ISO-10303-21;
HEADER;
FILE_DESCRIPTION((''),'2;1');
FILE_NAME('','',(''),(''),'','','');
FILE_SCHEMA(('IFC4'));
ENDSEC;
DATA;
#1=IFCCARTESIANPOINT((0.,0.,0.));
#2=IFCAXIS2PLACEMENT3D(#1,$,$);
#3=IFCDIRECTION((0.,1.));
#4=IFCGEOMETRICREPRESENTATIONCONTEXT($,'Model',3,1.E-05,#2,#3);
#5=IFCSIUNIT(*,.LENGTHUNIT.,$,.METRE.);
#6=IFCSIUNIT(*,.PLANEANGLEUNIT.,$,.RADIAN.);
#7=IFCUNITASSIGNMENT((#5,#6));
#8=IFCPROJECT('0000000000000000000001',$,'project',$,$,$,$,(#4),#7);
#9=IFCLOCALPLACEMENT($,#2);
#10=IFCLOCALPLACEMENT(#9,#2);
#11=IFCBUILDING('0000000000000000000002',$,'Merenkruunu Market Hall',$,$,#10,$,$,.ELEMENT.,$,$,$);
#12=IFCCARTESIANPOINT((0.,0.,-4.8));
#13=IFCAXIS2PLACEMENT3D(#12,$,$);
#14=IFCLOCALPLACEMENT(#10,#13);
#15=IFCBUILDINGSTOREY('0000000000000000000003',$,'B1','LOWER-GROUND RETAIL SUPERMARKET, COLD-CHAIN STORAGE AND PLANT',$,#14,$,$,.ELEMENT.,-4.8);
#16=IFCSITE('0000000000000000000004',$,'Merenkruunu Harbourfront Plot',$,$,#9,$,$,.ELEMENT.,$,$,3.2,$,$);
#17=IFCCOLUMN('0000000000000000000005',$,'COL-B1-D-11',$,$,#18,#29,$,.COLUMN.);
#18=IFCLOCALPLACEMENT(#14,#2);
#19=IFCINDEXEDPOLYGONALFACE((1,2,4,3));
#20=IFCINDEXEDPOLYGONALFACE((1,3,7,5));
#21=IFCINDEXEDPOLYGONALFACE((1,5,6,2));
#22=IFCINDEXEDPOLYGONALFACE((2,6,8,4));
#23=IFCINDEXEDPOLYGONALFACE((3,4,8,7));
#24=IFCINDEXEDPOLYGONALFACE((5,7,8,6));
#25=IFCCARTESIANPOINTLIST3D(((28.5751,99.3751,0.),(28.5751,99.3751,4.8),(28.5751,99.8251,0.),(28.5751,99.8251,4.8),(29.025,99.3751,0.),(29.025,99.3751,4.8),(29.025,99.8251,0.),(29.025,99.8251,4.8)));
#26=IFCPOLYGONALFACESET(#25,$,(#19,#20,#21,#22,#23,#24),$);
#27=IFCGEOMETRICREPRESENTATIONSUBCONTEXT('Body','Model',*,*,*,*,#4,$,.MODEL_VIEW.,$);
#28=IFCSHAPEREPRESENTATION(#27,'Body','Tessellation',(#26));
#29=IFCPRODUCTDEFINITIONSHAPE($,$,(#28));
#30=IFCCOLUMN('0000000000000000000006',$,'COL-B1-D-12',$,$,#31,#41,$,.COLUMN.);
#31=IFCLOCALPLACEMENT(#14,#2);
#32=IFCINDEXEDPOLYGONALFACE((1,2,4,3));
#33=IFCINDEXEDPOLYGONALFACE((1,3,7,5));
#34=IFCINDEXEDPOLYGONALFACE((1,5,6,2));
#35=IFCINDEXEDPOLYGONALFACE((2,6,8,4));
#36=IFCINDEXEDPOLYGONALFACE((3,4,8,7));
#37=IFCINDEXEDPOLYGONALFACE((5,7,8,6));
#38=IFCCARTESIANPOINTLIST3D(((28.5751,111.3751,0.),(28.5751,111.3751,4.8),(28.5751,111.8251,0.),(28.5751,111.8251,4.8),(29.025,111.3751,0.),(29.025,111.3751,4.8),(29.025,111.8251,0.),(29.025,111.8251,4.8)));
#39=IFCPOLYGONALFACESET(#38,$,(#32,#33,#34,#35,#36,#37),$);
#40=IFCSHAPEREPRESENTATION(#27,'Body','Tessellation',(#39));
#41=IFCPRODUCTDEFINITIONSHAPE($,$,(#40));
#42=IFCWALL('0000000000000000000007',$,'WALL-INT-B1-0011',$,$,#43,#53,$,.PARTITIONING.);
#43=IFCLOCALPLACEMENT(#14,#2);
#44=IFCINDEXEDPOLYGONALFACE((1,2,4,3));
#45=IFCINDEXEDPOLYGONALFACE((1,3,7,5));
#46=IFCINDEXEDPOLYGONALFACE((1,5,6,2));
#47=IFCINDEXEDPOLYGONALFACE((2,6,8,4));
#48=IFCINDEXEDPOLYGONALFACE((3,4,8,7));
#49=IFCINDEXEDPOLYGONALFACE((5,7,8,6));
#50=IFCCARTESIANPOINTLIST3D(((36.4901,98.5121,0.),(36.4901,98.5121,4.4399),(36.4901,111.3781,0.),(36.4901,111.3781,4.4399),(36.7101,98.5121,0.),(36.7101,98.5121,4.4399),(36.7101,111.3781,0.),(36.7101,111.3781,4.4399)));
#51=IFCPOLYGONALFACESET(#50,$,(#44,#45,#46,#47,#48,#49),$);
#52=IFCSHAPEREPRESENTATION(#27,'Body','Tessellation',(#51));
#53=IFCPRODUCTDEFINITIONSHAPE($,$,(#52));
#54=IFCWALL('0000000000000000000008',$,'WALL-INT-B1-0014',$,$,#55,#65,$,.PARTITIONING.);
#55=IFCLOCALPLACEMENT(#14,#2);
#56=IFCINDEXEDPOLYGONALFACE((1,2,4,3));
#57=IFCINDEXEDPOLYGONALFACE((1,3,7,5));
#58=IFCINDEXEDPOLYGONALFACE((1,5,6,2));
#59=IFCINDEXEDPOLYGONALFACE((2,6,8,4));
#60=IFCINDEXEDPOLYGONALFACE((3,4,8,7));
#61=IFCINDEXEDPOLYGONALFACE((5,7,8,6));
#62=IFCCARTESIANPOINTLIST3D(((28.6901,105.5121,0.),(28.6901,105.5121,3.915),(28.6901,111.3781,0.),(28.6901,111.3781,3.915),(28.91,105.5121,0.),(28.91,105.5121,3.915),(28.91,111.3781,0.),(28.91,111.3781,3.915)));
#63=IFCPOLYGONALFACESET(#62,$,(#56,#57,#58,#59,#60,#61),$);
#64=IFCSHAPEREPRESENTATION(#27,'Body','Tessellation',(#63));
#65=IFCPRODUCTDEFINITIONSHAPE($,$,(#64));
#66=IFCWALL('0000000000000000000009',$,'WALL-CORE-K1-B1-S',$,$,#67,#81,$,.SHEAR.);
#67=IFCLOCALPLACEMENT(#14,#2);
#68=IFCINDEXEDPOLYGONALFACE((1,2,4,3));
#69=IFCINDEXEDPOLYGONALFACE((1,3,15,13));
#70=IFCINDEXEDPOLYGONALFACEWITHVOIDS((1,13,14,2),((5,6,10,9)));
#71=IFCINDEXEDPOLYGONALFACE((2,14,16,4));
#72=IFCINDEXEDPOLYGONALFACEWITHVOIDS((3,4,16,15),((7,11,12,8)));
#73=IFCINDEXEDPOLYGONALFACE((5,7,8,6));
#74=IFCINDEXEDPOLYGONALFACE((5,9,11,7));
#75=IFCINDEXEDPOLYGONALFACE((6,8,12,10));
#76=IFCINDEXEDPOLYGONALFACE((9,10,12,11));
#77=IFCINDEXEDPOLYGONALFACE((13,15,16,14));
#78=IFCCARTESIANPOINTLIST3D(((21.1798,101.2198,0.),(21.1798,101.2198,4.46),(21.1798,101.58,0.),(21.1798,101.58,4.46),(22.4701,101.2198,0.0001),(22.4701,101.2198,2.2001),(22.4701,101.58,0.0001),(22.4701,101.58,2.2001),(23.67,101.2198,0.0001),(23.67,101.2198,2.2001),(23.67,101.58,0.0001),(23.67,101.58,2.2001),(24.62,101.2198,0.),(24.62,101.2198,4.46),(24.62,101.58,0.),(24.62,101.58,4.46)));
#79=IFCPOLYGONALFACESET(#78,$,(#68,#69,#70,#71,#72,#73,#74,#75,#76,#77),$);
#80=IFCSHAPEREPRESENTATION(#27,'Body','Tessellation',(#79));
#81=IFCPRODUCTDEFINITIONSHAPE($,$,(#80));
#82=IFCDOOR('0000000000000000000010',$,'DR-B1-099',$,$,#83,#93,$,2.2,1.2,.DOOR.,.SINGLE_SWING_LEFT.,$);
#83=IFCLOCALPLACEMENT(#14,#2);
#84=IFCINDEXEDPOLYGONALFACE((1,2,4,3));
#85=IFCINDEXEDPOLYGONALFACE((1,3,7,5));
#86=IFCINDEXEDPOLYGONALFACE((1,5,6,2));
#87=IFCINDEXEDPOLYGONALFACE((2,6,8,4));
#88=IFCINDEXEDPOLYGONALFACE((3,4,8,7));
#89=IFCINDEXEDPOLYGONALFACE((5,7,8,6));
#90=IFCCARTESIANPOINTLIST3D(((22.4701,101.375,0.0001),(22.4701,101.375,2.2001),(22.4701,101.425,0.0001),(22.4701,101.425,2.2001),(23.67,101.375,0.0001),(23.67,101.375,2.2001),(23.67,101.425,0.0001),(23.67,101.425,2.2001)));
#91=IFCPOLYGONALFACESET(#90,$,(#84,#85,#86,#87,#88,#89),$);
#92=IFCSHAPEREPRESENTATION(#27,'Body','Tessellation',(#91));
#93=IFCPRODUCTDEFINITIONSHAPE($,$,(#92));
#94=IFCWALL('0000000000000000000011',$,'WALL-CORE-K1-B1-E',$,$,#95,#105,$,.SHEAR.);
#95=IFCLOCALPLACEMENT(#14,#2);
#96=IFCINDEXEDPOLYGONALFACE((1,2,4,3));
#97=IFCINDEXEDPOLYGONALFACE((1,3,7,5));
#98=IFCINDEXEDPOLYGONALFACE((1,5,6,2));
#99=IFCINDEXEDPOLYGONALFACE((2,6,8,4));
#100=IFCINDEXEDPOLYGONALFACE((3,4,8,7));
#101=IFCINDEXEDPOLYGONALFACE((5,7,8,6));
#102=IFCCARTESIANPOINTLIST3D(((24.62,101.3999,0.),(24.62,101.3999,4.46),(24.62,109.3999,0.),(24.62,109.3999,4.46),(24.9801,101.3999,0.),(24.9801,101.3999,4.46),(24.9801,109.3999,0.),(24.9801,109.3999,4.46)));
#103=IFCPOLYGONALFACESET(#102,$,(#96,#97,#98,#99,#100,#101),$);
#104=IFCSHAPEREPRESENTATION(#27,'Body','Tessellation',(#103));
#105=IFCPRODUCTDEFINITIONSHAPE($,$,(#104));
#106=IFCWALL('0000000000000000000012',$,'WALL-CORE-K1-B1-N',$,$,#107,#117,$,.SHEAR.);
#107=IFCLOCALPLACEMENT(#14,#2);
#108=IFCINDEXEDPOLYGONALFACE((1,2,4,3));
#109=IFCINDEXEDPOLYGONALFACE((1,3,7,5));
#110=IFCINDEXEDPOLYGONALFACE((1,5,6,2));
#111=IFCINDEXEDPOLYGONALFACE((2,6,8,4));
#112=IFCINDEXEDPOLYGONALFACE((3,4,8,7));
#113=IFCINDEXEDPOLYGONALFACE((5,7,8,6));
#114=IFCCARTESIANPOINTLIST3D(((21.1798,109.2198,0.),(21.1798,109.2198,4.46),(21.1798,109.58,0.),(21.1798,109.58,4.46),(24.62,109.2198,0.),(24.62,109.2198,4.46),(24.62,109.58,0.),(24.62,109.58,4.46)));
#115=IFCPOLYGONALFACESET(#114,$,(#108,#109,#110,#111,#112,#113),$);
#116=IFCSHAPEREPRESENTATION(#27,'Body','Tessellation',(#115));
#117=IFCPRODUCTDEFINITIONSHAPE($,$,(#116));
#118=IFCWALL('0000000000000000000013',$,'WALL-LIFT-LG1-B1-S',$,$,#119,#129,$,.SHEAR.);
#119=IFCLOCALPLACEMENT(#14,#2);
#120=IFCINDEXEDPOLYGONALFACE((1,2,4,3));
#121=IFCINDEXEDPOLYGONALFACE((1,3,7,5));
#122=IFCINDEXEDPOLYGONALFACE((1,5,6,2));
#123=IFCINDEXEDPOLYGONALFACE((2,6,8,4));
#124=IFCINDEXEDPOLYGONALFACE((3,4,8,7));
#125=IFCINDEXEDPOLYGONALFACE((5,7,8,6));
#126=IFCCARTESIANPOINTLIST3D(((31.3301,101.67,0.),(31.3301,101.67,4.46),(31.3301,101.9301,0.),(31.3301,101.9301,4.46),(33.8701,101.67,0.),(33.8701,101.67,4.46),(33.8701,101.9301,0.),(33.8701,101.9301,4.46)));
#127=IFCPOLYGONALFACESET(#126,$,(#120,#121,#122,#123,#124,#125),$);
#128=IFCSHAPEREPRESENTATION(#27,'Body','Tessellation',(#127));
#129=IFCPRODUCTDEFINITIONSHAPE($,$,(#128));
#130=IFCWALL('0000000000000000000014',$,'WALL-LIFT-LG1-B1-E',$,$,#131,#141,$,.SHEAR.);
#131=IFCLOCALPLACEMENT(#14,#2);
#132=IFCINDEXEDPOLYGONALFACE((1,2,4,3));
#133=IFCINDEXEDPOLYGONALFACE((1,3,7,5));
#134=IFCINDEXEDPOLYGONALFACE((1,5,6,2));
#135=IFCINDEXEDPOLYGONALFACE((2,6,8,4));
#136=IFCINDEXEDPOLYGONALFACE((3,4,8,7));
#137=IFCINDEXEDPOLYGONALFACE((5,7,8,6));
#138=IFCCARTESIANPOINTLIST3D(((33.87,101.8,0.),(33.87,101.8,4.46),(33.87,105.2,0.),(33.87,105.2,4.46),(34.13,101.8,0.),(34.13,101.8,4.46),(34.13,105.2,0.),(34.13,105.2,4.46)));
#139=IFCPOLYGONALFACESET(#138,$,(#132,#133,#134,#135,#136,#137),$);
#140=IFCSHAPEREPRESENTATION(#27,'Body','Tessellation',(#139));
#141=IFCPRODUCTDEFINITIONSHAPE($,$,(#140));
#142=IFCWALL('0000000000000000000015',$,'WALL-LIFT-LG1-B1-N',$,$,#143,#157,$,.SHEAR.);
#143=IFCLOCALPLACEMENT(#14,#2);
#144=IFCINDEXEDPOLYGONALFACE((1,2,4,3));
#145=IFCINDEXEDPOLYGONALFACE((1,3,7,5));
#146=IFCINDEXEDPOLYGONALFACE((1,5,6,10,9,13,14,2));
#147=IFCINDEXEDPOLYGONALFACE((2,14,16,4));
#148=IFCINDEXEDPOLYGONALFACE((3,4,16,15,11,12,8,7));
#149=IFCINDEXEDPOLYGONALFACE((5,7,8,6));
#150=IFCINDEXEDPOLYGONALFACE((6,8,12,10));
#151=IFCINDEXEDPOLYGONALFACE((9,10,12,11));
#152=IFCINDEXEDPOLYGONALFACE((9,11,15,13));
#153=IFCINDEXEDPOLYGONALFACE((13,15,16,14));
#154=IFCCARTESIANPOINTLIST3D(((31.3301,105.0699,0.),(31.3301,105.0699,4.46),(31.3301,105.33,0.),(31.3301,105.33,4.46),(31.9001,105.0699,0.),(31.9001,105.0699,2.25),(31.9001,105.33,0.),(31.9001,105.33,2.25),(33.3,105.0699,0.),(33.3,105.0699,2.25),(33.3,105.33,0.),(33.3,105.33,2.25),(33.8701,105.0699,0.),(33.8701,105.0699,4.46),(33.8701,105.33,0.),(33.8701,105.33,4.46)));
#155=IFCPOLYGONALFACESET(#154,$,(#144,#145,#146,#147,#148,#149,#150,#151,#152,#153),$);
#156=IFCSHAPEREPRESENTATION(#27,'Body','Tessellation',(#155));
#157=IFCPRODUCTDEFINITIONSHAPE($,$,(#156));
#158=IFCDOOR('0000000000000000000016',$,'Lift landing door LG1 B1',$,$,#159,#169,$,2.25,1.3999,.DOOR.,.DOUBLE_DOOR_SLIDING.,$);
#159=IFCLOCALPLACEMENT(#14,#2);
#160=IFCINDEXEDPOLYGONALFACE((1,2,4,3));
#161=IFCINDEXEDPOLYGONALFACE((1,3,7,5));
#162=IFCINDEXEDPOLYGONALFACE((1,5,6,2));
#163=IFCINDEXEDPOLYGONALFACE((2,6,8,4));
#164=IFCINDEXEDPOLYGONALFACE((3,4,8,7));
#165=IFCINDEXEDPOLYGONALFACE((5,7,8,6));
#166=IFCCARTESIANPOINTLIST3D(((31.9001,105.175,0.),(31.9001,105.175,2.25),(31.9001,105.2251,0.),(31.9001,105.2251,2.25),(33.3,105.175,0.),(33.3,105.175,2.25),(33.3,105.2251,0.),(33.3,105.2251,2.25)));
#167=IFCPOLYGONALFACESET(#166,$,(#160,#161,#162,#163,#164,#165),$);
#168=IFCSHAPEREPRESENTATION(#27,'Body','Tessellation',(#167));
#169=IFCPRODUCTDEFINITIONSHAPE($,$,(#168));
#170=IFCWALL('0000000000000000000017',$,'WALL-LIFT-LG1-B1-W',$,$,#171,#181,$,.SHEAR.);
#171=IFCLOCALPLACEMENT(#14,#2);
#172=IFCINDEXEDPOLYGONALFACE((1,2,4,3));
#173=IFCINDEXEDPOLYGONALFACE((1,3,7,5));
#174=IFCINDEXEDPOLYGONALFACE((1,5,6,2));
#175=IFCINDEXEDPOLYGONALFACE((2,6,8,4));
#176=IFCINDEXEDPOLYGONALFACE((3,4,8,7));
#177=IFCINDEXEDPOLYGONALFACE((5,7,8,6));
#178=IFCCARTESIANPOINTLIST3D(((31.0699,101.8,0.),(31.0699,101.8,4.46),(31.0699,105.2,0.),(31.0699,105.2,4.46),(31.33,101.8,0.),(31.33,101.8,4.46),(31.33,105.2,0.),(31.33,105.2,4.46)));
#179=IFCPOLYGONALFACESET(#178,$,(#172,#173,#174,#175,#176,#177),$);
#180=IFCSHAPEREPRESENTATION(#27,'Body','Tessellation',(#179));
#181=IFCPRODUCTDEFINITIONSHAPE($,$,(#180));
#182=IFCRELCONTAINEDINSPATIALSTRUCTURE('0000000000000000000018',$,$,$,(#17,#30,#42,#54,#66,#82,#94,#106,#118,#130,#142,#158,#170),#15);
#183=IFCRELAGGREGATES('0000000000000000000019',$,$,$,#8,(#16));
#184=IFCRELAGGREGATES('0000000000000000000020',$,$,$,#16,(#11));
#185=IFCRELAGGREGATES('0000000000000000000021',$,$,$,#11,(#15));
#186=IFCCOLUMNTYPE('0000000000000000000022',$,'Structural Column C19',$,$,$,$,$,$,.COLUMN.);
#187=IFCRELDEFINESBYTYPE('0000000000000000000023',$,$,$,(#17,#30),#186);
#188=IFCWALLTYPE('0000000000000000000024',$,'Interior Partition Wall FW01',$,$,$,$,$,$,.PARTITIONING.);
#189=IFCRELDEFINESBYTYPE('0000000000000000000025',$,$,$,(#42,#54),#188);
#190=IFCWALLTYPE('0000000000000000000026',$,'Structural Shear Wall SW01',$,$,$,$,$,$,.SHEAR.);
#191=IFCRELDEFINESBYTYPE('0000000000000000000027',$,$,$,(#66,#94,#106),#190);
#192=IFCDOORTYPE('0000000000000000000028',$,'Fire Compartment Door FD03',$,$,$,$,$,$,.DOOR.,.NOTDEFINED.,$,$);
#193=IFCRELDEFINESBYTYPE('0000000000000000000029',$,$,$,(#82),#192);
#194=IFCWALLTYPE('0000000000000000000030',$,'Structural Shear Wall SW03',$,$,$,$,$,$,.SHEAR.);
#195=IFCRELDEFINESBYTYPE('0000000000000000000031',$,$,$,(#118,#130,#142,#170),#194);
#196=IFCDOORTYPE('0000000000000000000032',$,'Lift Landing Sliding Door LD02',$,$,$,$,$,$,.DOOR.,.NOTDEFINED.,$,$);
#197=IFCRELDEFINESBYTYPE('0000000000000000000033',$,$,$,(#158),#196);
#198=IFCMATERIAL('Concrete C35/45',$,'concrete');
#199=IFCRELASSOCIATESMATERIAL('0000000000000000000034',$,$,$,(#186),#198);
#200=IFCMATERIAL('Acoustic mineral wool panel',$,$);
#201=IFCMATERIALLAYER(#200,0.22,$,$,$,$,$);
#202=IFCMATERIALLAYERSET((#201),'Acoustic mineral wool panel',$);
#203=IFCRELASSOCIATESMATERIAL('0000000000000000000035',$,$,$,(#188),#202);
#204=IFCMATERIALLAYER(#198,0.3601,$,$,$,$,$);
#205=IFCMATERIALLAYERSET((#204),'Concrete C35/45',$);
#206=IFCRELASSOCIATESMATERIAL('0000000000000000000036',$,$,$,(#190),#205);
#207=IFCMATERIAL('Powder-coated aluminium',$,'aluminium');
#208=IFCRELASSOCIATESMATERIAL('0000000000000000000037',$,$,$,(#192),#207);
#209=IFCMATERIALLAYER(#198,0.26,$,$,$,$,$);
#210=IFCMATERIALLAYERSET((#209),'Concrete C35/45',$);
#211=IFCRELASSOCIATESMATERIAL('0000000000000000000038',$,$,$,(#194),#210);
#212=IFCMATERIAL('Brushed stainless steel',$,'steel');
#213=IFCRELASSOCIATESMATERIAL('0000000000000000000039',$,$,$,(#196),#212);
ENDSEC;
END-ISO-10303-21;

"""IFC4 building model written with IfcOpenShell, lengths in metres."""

from ifc_helpers import new_model, si_unit, direction, frame, frame_2d, origin, origin_2d, place, context, subcontext, project, spatial, rectangle, extrude, material, layer, layer_set, material_profile, profile_set, type_object, element, fill, save


model = new_model("IFC4")

# Units and contexts
model_context = context("Model", 3, precision=1e-05, world=origin(), true_north=direction((0.0, 1.0)))
body_context = subcontext(model_context, "Body", "Model", "MODEL_VIEW")
ifc_project = project(units=[si_unit("LENGTHUNIT", "METRE"), si_unit("PLANEANGLEUNIT", "RADIAN")], contexts=[model_context])

# Site, building, storey
site_placement = place(None, origin())
site = spatial("IfcSite", under=ifc_project, at=site_placement, Name="Merenkruunu Harbourfront Plot", CompositionType="ELEMENT", RefElevation=3.2)
building_placement = place(site_placement, origin())
building = spatial("IfcBuilding", under=site, at=building_placement, Name="Merenkruunu Market Hall", CompositionType="ELEMENT")
storey_placement = place(building_placement, frame((0.0, 0.0, -4.8)))
storey = spatial("IfcBuildingStorey", under=building, at=storey_placement, Name="B1", Description="LOWER-GROUND RETAIL SUPERMARKET, COLD-CHAIN STORAGE AND PLANT", CompositionType="ELEMENT", Elevation=-4.8)

# Shared definitions
ifc_material_1 = material(Name="Concrete C35/45", Category="concrete")

# Columns
ifc_material_profile_1 = material_profile(ifc_material_1, rectangle(XDim=0.45, YDim=0.45, at=origin_2d()), Name="RC 450x450")
ifc_profile_set_1 = profile_set([ifc_material_profile_1], Name="Concrete C35/45")
column_type = type_object("IfcColumnType", Name="Structural Column C19", PredefinedType="COLUMN", material=ifc_profile_set_1)
for number, where, z_axis, x_axis, name in (
    (1, (28.8, 99.6001, 0.0), (0.0, 0.0, 1.0), (1.0, 0.0, 0.0), "COL-B1-D-11"),
    (2, (28.8, 111.6001, 0.0), (0.0, 0.0, 1.0), (1.0, 0.0, 0.0), "COL-B1-D-12"),
):
    element("IfcColumn", number, at=place(storey_placement, frame(where, z_axis=z_axis, x_axis=x_axis)), inside=storey, type_object=column_type, Name=name, PredefinedType="COLUMN", context=body_context, shape_type="SweptSolid", body=[
        extrude(rectangle(XDim=0.45, YDim=0.45, at=origin_2d()), origin(), (0.0, 0.0, 1.0), 4.8),
    ])

# Wall
ifc_material_2 = material(Name="Acoustic mineral wool panel")
ifc_layer_1 = layer(ifc_material_2, 0.22)
ifc_layer_set_1 = layer_set([ifc_layer_1], Name="Acoustic mineral wool panel")
wall_type_1 = type_object("IfcWallType", Name="Interior Partition Wall FW01", PredefinedType="PARTITIONING", material=ifc_layer_set_1)
wall_1_placement = place(storey_placement, frame((36.6001, 98.512, 0.0), z_axis=(0.0, 0.0, 1.0), x_axis=(0.0, 1.0, 0.0)))
element("IfcWall", 3, at=wall_1_placement, inside=storey, type_object=wall_type_1, Name="WALL-INT-B1-0011", PredefinedType="PARTITIONING", context=body_context, shape_type="SweptSolid", body=[
    extrude(rectangle(XDim=12.866, YDim=0.22, at=frame_2d((6.4331, 0.0))), origin(), (0.0, 0.0, 1.0), 4.4399),
])

# Shared definitions
ifc_material_3 = material(Name="Powder-coated aluminium", Category="aluminium")

# Wall
wall_2_placement = place(storey_placement, frame((28.8, 105.512, 0.0), z_axis=(0.0, 0.0, 1.0), x_axis=(0.0, 1.0, 0.0)))
element("IfcWall", 4, at=wall_2_placement, inside=storey, type_object=wall_type_1, Name="WALL-INT-B1-0014", PredefinedType="PARTITIONING", context=body_context, shape_type="SweptSolid", body=[
    extrude(rectangle(XDim=5.866, YDim=0.22, at=frame_2d((2.9331, 0.0))), origin(), (0.0, 0.0, 1.0), 3.915),
])

# Wall, opening, door
ifc_layer_2 = layer(ifc_material_1, 0.3601)
ifc_layer_set_2 = layer_set([ifc_layer_2], Name="Concrete C35/45")
wall_type_2 = type_object("IfcWallType", Name="Structural Shear Wall SW01", PredefinedType="SHEAR", material=ifc_layer_set_2)
wall_3_placement = place(storey_placement, frame((24.6201, 101.3999, 0.0), z_axis=(0.0, 0.0, 1.0), x_axis=(-1.0, 0.0, 0.0)))
wall_3 = element("IfcWall", 5, at=wall_3_placement, inside=storey, type_object=wall_type_2, Name="WALL-CORE-K1-B1-S", PredefinedType="SHEAR", context=body_context, shape_type="SweptSolid", body=[
    extrude(rectangle(XDim=3.4402, YDim=0.3601, at=frame_2d((1.7202, 0.0))), origin(), (0.0, 0.0, 1.0), 4.46),
])
opening_1_placement = place(wall_3_placement, frame((0.95, 0.0, 0.0)))
opening_1 = element("IfcOpeningElement", 6, at=opening_1_placement, cuts=wall_3, PredefinedType="OPENING", context=body_context, shape_type="SweptSolid", body=[
    extrude(rectangle(XDim=1.2, YDim=2.2, at=frame_2d((0.6001, 1.1001))), frame((0.0, 0.1899, 0.0), z_axis=(0.0, -1.0, 0.0), x_axis=(1.0, 0.0, 0.0)), (0.0, 0.0, 1.0), 0.3801),
])
door_type_1 = type_object("IfcDoorType", Name="Fire Compartment Door FD03", OperationType="NOTDEFINED", PredefinedType="DOOR", material=ifc_material_3)
door_1_placement = place(opening_1_placement, origin())
door_1 = element("IfcDoor", 7, at=door_1_placement, inside=storey, type_object=door_type_1, Name="DR-B1-099", OperationType="SINGLE_SWING_LEFT", OverallHeight=2.2, OverallWidth=1.2, PredefinedType="DOOR", context=body_context, shape_type="SweptSolid", body=[
    extrude(rectangle(XDim=1.2, YDim=2.2, at=frame_2d((0.6001, 1.1001))), frame((0.0, 0.0249, 0.0), z_axis=(0.0, -1.0, 0.0), x_axis=(1.0, 0.0, 0.0)), (0.0, 0.0, 1.0), 0.05),
])
fill(opening_1, door_1)

# Walls
wall_4_placement = place(storey_placement, frame((24.8, 101.3999, 0.0), z_axis=(0.0, 0.0, 1.0), x_axis=(0.0, 1.0, 0.0)))
element("IfcWall", 8, at=wall_4_placement, inside=storey, type_object=wall_type_2, Name="WALL-CORE-K1-B1-E", PredefinedType="SHEAR", context=body_context, shape_type="SweptSolid", body=[
    extrude(rectangle(XDim=8.0, YDim=0.3601, at=frame_2d((4.0, 0.0))), origin(), (0.0, 0.0, 1.0), 4.46),
])
wall_5_placement = place(storey_placement, frame((24.6201, 109.3999, 0.0), z_axis=(0.0, 0.0, 1.0), x_axis=(-1.0, 0.0, 0.0)))
element("IfcWall", 9, at=wall_5_placement, inside=storey, type_object=wall_type_2, Name="WALL-CORE-K1-B1-N", PredefinedType="SHEAR", context=body_context, shape_type="SweptSolid", body=[
    extrude(rectangle(XDim=3.4402, YDim=0.3601, at=frame_2d((1.7202, 0.0))), origin(), (0.0, 0.0, 1.0), 4.46),
])
ifc_layer_3 = layer(ifc_material_1, 0.26)
ifc_layer_set_3 = layer_set([ifc_layer_3], Name="Concrete C35/45")
wall_type_3 = type_object("IfcWallType", Name="Structural Shear Wall SW03", PredefinedType="SHEAR", material=ifc_layer_set_3)
wall_6_placement = place(storey_placement, frame((31.3301, 101.8, 0.0), z_axis=(0.0, 0.0, 1.0), x_axis=(1.0, 0.0, 0.0)))
element("IfcWall", 10, at=wall_6_placement, inside=storey, type_object=wall_type_3, Name="WALL-LIFT-LG1-B1-S", PredefinedType="SHEAR", context=body_context, shape_type="SweptSolid", body=[
    extrude(rectangle(XDim=2.54, YDim=0.26, at=frame_2d((1.27, 0.0))), origin(), (0.0, 0.0, 1.0), 4.46),
])
wall_7_placement = place(storey_placement, frame((34.0, 101.8, 0.0), z_axis=(0.0, 0.0, 1.0), x_axis=(0.0, 1.0, 0.0)))
element("IfcWall", 11, at=wall_7_placement, inside=storey, type_object=wall_type_3, Name="WALL-LIFT-LG1-B1-E", PredefinedType="SHEAR", context=body_context, shape_type="SweptSolid", body=[
    extrude(rectangle(XDim=3.3999, YDim=0.26, at=frame_2d((1.7, 0.0))), origin(), (0.0, 0.0, 1.0), 4.46),
])

# Wall, opening, door
wall_8_placement = place(storey_placement, frame((33.8701, 105.2, 0.0), z_axis=(0.0, 0.0, 1.0), x_axis=(-1.0, 0.0, 0.0)))
wall_8 = element("IfcWall", 12, at=wall_8_placement, inside=storey, type_object=wall_type_3, Name="WALL-LIFT-LG1-B1-N", PredefinedType="SHEAR", context=body_context, shape_type="SweptSolid", body=[
    extrude(rectangle(XDim=2.54, YDim=0.26, at=frame_2d((1.27, 0.0))), origin(), (0.0, 0.0, 1.0), 4.46),
])
opening_2_placement = place(wall_8_placement, frame((0.5701, 0.0, 0.0)))
opening_2 = element("IfcOpeningElement", 13, at=opening_2_placement, cuts=wall_8, PredefinedType="OPENING", context=body_context, shape_type="SweptSolid", body=[
    extrude(rectangle(XDim=1.3999, YDim=2.25, at=frame_2d((0.7, 1.125))), frame((0.0, 0.1401, 0.0), z_axis=(0.0, -1.0, 0.0), x_axis=(1.0, 0.0, 0.0)), (0.0, 0.0, 1.0), 0.28),
])
ifc_material_4 = material(Name="Brushed stainless steel", Category="steel")
door_type_2 = type_object("IfcDoorType", Name="Lift Landing Sliding Door LD02", OperationType="NOTDEFINED", PredefinedType="DOOR", material=ifc_material_4)
door_2_placement = place(opening_2_placement, origin())
door_2 = element("IfcDoor", 14, at=door_2_placement, inside=storey, type_object=door_type_2, Name="Lift landing door LG1 B1", OperationType="DOUBLE_DOOR_SLIDING", OverallHeight=2.25, OverallWidth=1.3999, PredefinedType="DOOR", context=body_context, shape_type="SweptSolid", body=[
    extrude(rectangle(XDim=1.3999, YDim=2.25, at=frame_2d((0.7, 1.125))), frame((0.0, 0.0249, 0.0), z_axis=(0.0, -1.0, 0.0), x_axis=(1.0, 0.0, 0.0)), (0.0, 0.0, 1.0), 0.05),
])
fill(opening_2, door_2)

# Wall
wall_9_placement = place(storey_placement, frame((31.2, 105.2, 0.0), z_axis=(0.0, 0.0, 1.0), x_axis=(0.0, -1.0, 0.0)))
element("IfcWall", 15, at=wall_9_placement, inside=storey, type_object=wall_type_3, Name="WALL-LIFT-LG1-B1-W", PredefinedType="SHEAR", context=body_context, shape_type="SweptSolid", body=[
    extrude(rectangle(XDim=3.3999, YDim=0.26, at=frame_2d((1.7, 0.0))), origin(), (0.0, 0.0, 1.0), 4.46),
])

save(model, "model.ifc")
